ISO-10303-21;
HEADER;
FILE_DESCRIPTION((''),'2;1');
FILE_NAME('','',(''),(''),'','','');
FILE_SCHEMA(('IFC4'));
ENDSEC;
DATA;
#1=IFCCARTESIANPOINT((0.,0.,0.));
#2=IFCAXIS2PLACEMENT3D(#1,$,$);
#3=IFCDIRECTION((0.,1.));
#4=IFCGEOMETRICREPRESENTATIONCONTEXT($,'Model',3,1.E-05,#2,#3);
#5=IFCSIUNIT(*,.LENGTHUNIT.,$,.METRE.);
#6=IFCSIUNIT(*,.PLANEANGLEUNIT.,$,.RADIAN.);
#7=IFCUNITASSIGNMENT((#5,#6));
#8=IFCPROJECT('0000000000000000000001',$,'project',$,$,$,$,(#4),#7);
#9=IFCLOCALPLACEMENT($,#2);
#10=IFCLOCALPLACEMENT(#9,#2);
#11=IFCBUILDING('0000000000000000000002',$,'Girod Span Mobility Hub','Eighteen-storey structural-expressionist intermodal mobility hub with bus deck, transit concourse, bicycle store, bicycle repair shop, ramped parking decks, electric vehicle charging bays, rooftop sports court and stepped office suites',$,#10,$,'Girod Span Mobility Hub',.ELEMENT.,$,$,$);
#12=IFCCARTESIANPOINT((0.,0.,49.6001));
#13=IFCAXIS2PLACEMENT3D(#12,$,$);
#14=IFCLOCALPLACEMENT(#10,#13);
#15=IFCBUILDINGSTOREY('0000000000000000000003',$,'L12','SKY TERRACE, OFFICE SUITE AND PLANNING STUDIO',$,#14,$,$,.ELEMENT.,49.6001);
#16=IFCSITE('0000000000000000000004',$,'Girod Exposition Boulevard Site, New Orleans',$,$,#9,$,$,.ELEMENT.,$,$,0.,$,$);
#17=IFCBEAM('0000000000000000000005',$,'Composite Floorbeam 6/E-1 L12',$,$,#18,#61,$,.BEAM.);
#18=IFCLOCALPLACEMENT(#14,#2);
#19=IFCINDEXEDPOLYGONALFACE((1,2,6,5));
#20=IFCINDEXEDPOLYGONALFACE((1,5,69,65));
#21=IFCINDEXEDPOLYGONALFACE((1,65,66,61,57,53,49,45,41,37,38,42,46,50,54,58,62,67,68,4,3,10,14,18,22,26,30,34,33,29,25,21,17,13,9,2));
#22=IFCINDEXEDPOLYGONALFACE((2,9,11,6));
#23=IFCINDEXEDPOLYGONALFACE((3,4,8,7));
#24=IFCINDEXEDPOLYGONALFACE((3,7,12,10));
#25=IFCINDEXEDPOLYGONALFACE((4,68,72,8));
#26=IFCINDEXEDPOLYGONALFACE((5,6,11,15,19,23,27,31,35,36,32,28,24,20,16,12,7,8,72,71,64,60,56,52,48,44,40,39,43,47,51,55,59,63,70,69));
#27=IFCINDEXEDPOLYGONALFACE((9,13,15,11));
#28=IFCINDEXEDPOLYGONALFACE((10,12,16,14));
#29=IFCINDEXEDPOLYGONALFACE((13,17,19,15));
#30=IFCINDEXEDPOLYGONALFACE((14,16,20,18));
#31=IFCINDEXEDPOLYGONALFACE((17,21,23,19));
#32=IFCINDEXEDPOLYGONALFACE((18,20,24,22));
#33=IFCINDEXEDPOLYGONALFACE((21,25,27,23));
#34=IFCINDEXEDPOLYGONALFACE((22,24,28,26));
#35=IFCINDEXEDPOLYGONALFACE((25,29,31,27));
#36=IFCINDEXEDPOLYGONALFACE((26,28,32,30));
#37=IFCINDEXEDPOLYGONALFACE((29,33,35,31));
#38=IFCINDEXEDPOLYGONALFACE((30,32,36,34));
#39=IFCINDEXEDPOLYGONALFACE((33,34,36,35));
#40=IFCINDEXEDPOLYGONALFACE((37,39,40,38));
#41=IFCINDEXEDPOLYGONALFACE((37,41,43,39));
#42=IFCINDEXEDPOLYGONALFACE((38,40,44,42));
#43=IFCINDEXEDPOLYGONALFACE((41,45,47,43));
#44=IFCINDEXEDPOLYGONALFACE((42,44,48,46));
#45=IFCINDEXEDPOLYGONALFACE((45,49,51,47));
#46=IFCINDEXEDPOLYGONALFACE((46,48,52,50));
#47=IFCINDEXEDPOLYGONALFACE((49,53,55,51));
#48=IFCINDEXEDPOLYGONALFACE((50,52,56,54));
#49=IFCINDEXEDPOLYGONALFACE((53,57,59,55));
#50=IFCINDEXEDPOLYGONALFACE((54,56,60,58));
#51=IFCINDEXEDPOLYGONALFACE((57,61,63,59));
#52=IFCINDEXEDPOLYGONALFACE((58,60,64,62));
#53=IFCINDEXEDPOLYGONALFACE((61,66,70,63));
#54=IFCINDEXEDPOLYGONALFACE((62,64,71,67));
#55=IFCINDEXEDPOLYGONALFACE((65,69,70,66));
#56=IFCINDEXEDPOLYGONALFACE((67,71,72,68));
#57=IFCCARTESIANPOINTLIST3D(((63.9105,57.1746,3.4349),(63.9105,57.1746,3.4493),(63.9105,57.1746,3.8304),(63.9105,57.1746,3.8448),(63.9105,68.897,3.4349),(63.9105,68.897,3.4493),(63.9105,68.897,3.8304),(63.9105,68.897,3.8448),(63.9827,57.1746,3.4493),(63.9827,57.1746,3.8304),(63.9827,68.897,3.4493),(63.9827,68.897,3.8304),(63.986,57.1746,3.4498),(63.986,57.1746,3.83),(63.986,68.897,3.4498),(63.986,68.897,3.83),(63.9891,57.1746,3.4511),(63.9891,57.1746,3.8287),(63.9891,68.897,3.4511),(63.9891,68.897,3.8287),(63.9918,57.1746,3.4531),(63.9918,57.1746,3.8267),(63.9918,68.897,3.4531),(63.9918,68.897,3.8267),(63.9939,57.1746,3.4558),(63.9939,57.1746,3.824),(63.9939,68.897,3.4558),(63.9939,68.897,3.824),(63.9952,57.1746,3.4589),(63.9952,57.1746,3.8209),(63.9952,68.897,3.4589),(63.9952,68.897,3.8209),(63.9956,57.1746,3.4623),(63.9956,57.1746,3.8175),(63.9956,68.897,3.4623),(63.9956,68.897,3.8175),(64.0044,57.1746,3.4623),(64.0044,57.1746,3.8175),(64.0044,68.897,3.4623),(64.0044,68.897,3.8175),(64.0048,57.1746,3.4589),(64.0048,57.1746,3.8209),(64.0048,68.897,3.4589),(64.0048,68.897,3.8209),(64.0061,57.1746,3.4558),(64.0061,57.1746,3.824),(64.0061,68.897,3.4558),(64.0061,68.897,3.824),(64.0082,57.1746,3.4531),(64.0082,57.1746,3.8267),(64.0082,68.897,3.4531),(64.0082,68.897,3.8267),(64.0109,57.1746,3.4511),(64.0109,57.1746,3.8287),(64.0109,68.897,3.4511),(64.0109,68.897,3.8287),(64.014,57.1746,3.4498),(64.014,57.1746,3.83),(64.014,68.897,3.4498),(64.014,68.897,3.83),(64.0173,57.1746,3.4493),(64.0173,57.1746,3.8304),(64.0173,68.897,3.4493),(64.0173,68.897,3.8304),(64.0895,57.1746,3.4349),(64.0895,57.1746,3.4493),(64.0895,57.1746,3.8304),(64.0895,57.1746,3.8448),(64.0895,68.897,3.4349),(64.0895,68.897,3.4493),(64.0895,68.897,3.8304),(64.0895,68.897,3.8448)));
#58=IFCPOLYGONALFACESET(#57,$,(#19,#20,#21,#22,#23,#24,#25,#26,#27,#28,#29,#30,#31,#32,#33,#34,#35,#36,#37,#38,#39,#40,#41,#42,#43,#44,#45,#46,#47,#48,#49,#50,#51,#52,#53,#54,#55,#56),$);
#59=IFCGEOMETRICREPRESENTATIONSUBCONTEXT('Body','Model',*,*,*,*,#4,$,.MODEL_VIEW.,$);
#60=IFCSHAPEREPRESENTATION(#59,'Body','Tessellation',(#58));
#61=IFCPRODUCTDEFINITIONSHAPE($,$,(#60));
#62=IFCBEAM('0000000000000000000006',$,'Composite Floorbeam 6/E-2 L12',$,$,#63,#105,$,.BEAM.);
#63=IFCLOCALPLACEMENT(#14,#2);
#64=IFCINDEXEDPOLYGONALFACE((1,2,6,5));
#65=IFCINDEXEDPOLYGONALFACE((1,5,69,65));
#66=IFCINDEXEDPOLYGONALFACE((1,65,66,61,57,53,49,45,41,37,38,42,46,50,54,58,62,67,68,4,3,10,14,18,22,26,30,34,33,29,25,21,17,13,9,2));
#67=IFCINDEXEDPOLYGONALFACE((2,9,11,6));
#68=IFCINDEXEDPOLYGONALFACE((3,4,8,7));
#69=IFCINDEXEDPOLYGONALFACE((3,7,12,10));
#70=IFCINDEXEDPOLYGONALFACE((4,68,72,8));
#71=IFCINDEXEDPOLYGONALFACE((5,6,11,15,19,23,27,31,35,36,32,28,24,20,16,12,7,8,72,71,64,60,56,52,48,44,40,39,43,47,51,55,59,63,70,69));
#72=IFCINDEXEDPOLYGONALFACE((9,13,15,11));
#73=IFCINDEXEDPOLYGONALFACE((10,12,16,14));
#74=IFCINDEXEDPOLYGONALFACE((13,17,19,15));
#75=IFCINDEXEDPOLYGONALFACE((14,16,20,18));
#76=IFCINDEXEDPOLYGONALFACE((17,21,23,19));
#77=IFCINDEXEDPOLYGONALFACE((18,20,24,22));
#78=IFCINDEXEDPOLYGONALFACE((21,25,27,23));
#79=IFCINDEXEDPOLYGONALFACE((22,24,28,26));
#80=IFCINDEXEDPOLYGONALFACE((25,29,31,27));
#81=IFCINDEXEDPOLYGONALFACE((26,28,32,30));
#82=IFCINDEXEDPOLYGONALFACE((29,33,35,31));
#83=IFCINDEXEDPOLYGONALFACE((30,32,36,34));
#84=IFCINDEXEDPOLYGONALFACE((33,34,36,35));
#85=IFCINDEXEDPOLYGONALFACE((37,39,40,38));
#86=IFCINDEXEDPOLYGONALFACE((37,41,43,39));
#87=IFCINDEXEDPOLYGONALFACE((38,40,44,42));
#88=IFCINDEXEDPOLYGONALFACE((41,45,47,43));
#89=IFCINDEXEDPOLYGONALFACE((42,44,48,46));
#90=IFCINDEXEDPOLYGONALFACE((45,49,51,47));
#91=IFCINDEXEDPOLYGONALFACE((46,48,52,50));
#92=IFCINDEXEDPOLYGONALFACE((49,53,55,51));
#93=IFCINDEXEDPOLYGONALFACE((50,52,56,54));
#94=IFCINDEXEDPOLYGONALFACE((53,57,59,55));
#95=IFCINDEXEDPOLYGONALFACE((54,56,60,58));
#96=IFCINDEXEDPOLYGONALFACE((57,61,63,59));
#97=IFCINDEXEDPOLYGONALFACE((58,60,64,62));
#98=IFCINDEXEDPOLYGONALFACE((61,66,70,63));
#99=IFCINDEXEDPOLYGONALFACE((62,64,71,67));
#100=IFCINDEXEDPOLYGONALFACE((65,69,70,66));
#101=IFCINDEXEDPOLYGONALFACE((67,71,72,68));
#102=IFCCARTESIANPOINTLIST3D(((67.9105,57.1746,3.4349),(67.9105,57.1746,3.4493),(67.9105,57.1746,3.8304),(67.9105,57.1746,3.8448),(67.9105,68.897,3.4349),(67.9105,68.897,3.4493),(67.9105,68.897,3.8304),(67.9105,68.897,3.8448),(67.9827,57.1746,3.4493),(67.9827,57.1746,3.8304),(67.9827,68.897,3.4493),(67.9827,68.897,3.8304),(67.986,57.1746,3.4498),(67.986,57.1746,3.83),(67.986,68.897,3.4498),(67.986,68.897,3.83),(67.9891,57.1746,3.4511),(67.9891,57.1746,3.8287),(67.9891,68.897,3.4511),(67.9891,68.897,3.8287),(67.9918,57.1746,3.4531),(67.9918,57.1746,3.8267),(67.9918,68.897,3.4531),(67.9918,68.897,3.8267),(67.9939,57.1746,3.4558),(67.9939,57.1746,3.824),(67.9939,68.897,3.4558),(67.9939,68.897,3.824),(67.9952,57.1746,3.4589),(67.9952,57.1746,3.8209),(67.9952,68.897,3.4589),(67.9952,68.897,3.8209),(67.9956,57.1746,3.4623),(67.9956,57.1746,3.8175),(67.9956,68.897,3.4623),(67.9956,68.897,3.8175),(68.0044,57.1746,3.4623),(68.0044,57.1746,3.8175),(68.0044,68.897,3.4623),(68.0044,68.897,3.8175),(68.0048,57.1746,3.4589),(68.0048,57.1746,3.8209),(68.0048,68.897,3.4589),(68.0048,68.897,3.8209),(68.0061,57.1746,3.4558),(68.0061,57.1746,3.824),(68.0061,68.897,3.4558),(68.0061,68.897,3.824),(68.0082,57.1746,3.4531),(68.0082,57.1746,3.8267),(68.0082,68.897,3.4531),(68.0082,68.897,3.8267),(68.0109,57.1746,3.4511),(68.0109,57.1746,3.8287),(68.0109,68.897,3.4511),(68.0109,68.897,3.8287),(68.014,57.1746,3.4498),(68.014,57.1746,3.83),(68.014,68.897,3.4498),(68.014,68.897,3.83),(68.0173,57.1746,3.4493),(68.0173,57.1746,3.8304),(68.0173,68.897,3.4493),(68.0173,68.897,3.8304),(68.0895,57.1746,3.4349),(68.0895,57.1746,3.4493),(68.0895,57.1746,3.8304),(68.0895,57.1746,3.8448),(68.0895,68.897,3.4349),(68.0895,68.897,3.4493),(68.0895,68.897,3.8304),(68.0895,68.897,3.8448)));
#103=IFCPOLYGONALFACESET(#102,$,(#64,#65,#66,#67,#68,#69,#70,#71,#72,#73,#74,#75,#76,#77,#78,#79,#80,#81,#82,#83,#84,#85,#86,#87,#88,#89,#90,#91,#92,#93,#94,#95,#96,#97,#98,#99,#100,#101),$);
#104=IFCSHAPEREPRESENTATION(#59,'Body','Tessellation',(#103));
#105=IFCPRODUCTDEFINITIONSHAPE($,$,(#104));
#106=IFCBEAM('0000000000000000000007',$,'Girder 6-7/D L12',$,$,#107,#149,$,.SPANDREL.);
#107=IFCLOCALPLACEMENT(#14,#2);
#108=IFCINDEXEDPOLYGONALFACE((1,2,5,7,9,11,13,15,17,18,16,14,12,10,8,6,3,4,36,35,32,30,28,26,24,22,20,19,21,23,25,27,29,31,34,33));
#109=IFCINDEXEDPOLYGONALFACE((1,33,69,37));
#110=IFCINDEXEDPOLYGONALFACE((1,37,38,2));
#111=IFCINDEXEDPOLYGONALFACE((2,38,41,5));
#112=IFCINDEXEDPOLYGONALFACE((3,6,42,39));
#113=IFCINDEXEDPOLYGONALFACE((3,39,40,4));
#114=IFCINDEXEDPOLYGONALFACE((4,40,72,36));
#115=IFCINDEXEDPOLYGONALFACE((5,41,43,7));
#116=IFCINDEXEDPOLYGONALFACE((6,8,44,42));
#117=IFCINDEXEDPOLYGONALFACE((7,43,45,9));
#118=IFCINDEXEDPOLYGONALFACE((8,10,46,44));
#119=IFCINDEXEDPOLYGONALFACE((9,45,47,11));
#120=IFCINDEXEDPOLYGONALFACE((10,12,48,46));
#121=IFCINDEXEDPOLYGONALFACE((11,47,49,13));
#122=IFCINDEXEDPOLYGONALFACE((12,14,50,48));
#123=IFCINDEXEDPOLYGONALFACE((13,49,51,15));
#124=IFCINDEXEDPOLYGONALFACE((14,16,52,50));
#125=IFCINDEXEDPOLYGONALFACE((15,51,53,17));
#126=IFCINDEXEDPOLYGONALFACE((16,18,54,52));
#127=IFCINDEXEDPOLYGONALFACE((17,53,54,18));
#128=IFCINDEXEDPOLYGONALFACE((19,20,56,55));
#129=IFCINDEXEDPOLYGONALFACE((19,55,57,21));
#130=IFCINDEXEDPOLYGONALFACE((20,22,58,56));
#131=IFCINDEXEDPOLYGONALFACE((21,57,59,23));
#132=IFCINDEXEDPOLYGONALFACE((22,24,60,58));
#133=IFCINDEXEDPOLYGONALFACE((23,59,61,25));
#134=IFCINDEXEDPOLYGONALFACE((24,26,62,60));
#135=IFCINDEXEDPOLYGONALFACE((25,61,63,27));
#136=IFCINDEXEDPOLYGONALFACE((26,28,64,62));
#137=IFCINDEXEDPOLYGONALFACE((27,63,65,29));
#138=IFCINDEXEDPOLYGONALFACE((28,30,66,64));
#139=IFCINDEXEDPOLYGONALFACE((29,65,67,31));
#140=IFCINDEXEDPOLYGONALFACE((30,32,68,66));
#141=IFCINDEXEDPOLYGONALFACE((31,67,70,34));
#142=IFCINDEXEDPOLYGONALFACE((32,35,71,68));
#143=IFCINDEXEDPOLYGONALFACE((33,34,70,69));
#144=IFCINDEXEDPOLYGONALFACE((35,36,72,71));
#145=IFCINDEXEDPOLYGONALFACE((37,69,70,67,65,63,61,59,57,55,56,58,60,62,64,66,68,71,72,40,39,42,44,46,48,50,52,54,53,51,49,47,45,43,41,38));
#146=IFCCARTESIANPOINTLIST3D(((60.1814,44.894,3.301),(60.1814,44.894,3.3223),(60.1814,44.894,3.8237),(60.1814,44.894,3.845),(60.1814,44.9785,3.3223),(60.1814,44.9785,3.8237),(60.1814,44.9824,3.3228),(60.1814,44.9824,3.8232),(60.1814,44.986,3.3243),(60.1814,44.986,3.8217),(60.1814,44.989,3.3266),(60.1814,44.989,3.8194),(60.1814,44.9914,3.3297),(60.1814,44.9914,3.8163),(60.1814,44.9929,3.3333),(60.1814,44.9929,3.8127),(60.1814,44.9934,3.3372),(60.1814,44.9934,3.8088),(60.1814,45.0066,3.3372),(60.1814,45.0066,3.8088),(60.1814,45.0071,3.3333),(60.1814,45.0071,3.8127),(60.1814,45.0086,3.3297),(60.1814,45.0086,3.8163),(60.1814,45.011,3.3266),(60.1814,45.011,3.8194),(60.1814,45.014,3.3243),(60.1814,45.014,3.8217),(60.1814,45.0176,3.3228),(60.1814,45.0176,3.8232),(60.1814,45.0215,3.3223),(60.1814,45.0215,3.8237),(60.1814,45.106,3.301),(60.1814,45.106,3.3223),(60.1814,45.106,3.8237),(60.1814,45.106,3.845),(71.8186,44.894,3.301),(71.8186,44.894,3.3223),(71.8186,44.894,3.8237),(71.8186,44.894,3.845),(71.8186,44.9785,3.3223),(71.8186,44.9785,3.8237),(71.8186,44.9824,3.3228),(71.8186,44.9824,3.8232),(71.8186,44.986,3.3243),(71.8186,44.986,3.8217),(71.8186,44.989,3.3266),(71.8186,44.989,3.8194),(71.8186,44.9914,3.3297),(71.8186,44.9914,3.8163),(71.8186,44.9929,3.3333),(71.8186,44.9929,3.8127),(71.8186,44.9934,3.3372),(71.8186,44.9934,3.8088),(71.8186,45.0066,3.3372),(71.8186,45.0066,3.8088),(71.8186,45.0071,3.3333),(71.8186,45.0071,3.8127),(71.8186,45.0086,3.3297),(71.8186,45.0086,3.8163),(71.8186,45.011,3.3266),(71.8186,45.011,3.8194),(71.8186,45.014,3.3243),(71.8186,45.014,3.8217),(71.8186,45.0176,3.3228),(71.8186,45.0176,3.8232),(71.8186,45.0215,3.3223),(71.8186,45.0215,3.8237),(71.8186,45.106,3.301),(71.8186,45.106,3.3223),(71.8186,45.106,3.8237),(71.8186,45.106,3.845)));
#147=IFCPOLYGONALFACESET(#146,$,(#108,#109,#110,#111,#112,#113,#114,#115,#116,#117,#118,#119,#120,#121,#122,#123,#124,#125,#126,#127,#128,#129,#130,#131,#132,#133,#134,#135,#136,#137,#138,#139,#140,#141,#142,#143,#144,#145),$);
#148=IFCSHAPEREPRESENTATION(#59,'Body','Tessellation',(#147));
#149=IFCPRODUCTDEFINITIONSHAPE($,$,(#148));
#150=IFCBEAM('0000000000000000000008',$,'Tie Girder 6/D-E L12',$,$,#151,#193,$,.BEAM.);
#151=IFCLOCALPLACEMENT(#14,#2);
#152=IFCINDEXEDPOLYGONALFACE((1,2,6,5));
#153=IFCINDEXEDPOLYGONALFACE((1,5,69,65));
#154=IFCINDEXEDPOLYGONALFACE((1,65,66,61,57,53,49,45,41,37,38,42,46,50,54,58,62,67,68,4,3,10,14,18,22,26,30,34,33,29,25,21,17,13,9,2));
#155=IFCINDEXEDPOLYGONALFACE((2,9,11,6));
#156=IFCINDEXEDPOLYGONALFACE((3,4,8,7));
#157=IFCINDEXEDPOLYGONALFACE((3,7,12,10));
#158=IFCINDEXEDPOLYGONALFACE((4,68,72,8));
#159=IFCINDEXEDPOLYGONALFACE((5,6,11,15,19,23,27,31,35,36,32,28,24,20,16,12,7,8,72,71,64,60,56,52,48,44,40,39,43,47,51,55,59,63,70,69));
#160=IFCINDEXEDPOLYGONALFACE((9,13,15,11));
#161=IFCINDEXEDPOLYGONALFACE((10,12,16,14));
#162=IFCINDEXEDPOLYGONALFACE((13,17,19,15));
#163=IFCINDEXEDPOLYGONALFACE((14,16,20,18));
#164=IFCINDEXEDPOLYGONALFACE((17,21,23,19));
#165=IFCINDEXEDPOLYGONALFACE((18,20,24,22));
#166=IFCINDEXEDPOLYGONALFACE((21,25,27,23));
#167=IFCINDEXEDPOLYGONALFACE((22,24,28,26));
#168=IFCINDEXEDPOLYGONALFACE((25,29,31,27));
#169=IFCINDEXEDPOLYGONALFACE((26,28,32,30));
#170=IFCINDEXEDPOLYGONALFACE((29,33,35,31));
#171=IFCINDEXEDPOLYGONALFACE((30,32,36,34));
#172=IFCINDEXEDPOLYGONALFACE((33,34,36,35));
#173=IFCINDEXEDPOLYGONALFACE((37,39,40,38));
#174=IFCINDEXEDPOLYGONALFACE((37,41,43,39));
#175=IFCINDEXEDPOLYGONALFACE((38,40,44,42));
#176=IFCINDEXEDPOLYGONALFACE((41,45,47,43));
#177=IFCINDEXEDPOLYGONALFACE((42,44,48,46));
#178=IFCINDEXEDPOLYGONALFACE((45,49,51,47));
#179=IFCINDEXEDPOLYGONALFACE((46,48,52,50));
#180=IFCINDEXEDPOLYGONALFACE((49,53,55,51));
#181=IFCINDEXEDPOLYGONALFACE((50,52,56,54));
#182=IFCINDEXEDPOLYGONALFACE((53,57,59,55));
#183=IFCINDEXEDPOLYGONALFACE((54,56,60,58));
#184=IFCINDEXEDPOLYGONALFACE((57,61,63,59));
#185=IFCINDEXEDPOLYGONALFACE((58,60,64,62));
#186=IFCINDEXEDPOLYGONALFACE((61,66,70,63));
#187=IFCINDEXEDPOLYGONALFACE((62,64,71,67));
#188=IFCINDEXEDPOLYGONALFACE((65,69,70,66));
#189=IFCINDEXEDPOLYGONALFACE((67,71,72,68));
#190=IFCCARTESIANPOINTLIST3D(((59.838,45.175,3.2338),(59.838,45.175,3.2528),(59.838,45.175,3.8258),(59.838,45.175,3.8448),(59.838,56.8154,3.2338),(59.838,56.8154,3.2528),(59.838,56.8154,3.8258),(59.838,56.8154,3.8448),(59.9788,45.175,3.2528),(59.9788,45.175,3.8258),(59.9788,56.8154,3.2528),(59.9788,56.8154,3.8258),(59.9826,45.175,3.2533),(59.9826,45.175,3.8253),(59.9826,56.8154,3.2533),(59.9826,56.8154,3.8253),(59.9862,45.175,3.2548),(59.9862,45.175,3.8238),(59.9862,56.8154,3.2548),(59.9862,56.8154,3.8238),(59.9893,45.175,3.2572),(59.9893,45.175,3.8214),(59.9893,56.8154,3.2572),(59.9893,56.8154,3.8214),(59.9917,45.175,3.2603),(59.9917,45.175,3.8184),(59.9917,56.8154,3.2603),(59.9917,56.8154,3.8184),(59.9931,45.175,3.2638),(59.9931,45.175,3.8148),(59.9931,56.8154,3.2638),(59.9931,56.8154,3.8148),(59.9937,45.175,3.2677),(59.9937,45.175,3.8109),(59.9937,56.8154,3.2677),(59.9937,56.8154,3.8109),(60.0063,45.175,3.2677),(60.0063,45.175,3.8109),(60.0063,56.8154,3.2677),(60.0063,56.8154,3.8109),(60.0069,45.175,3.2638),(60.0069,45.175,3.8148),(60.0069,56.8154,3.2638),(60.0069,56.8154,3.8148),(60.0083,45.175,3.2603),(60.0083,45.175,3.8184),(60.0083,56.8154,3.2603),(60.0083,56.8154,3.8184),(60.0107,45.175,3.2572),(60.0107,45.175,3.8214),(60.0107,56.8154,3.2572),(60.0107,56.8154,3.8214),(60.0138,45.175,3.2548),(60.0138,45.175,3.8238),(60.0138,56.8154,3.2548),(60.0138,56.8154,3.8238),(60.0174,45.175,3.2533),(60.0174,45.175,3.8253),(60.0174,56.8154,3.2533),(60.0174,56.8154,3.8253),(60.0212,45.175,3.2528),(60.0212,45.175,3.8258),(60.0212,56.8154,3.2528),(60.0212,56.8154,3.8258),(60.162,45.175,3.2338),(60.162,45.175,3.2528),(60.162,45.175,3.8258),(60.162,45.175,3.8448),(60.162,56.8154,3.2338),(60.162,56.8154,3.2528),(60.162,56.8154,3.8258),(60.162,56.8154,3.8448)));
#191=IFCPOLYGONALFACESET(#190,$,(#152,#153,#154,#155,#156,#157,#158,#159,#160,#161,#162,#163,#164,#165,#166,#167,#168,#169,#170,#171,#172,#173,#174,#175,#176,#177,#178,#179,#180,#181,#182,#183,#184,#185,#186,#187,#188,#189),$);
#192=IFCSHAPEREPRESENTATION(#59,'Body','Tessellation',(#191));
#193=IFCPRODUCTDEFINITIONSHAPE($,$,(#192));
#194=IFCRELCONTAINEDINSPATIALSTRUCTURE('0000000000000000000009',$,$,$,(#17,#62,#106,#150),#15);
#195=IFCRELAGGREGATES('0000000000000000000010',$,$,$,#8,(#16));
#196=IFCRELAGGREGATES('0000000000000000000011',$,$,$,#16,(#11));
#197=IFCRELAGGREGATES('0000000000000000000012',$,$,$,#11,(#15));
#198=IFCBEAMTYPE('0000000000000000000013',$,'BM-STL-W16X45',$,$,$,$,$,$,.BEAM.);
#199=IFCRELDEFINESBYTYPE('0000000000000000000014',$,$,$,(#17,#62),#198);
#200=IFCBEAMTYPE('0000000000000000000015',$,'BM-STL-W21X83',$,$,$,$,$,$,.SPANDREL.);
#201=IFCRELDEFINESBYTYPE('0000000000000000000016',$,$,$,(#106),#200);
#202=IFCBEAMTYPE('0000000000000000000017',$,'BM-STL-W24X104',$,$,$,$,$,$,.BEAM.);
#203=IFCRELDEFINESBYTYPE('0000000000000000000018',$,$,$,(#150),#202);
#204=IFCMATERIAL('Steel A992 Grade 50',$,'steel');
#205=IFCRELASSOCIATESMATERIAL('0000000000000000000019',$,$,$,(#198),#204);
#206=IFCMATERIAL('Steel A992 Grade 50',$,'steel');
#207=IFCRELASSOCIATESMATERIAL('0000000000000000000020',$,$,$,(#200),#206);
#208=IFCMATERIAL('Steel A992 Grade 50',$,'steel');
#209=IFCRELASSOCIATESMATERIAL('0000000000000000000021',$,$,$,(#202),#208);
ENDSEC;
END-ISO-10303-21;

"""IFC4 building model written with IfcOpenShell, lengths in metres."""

from ifc_helpers import new_model, si_unit, direction, frame, origin, origin_2d, place, context, subcontext, project, spatial, i_section, extrude, material, material_profile, profile_set, type_object, element, save


model = new_model("IFC4")

# Units and contexts
model_context = context("Model", 3, precision=1e-05, world=origin(), true_north=direction((0.0, 1.0)))
body_context = subcontext(model_context, "Body", "Model", "MODEL_VIEW")
ifc_project = project(units=[si_unit("LENGTHUNIT", "METRE"), si_unit("PLANEANGLEUNIT", "RADIAN")], contexts=[model_context])

# Site, building, storey
site_placement = place(None, origin())
site = spatial("IfcSite", under=ifc_project, at=site_placement, Name="Girod Exposition Boulevard Site, New Orleans", CompositionType="ELEMENT", RefElevation=0.0)
building_placement = place(site_placement, origin())
building = spatial("IfcBuilding", under=site, at=building_placement, Name="Girod Span Mobility Hub", Description="Eighteen-storey structural-expressionist intermodal mobility hub with bus deck, transit concourse, bicycle store, bicycle repair shop, ramped parking decks, electric vehicle charging bays, rooftop sports court and stepped office suites", LongName="Girod Span Mobility Hub", CompositionType="ELEMENT")
storey_placement = place(building_placement, frame((0.0, 0.0, 49.6001)))
storey = spatial("IfcBuildingStorey", under=building, at=storey_placement, Name="L12", Description="SKY TERRACE, OFFICE SUITE AND PLANNING STUDIO", CompositionType="ELEMENT", Elevation=49.6001)

# Beams
ifc_material_1 = material(Name="Steel A992 Grade 50", Category="steel")
ifc_material_profile_1 = material_profile(ifc_material_1, i_section(OverallWidth=0.179, OverallDepth=0.4099, WebThickness=0.0088, FlangeThickness=0.0144, FilletRadius=0.0129, at=origin_2d()), Name="W16X45")
ifc_profile_set_1 = profile_set([ifc_material_profile_1], Name="Steel A992 Grade 50")
beam_type_1 = type_object("IfcBeamType", Name="BM-STL-W16X45", PredefinedType="BEAM", material=ifc_profile_set_1)
for number, where, z_axis, x_axis, name in (
    (1, (64.0, 57.1746, 3.6399), (0.0, 1.0, 0.0), (-1.0, 0.0, 0.0), "Composite Floorbeam 6/E-1 L12"),
    (2, (68.0, 57.1746, 3.6399), (0.0, 1.0, 0.0), (-1.0, 0.0, 0.0), "Composite Floorbeam 6/E-2 L12"),
):
    element("IfcBeam", number, at=place(storey_placement, frame(where, z_axis=z_axis, x_axis=x_axis)), inside=storey, type_object=beam_type_1, Name=name, PredefinedType="BEAM", context=body_context, shape_type="SweptSolid", body=[
        extrude(i_section(OverallWidth=0.179, OverallDepth=0.4099, WebThickness=0.0088, FlangeThickness=0.0144, FilletRadius=0.0129, at=origin_2d()), origin(), (0.0, 0.0, 1.0), 11.7224),
    ])
ifc_material_2 = material(Name="Steel A992 Grade 50", Category="steel")
ifc_material_profile_2 = material_profile(ifc_material_2, i_section(OverallWidth=0.2119, OverallDepth=0.5439, WebThickness=0.0132, FlangeThickness=0.0212, FilletRadius=0.0149, at=origin_2d()), Name="W21X83")
ifc_profile_set_2 = profile_set([ifc_material_profile_2], Name="Steel A992 Grade 50")
beam_type_2 = type_object("IfcBeamType", Name="BM-STL-W21X83", PredefinedType="SPANDREL", material=ifc_profile_set_2)
beam_1_placement = place(storey_placement, frame((60.1814, 45.0, 3.573), z_axis=(1.0, 0.0, 0.0), x_axis=(0.0, 1.0, 0.0)))
element("IfcBeam", 3, at=beam_1_placement, inside=storey, type_object=beam_type_2, Name="Girder 6-7/D L12", PredefinedType="SPANDREL", context=body_context, shape_type="SweptSolid", body=[
    extrude(i_section(OverallWidth=0.2119, OverallDepth=0.5439, WebThickness=0.0132, FlangeThickness=0.0212, FilletRadius=0.0149, at=origin_2d()), origin(), (0.0, 0.0, 1.0), 11.6372),
])
ifc_material_3 = material(Name="Steel A992 Grade 50", Category="steel")
ifc_material_profile_3 = material_profile(ifc_material_3, i_section(OverallWidth=0.324, OverallDepth=0.6111, WebThickness=0.0127, FlangeThickness=0.019, FilletRadius=0.0149, at=origin_2d()), Name="W24X104")
ifc_profile_set_3 = profile_set([ifc_material_profile_3], Name="Steel A992 Grade 50")
beam_type_3 = type_object("IfcBeamType", Name="BM-STL-W24X104", PredefinedType="BEAM", material=ifc_profile_set_3)
beam_2_placement = place(storey_placement, frame((60.0, 45.175, 3.5393), z_axis=(0.0, 1.0, 0.0), x_axis=(-1.0, 0.0, 0.0)))
element("IfcBeam", 4, at=beam_2_placement, inside=storey, type_object=beam_type_3, Name="Tie Girder 6/D-E L12", PredefinedType="BEAM", context=body_context, shape_type="SweptSolid", body=[
    extrude(i_section(OverallWidth=0.324, OverallDepth=0.6111, WebThickness=0.0127, FlangeThickness=0.019, FilletRadius=0.0149, at=origin_2d()), origin(), (0.0, 0.0, 1.0), 11.6404),
])

save(model, "model.ifc")
